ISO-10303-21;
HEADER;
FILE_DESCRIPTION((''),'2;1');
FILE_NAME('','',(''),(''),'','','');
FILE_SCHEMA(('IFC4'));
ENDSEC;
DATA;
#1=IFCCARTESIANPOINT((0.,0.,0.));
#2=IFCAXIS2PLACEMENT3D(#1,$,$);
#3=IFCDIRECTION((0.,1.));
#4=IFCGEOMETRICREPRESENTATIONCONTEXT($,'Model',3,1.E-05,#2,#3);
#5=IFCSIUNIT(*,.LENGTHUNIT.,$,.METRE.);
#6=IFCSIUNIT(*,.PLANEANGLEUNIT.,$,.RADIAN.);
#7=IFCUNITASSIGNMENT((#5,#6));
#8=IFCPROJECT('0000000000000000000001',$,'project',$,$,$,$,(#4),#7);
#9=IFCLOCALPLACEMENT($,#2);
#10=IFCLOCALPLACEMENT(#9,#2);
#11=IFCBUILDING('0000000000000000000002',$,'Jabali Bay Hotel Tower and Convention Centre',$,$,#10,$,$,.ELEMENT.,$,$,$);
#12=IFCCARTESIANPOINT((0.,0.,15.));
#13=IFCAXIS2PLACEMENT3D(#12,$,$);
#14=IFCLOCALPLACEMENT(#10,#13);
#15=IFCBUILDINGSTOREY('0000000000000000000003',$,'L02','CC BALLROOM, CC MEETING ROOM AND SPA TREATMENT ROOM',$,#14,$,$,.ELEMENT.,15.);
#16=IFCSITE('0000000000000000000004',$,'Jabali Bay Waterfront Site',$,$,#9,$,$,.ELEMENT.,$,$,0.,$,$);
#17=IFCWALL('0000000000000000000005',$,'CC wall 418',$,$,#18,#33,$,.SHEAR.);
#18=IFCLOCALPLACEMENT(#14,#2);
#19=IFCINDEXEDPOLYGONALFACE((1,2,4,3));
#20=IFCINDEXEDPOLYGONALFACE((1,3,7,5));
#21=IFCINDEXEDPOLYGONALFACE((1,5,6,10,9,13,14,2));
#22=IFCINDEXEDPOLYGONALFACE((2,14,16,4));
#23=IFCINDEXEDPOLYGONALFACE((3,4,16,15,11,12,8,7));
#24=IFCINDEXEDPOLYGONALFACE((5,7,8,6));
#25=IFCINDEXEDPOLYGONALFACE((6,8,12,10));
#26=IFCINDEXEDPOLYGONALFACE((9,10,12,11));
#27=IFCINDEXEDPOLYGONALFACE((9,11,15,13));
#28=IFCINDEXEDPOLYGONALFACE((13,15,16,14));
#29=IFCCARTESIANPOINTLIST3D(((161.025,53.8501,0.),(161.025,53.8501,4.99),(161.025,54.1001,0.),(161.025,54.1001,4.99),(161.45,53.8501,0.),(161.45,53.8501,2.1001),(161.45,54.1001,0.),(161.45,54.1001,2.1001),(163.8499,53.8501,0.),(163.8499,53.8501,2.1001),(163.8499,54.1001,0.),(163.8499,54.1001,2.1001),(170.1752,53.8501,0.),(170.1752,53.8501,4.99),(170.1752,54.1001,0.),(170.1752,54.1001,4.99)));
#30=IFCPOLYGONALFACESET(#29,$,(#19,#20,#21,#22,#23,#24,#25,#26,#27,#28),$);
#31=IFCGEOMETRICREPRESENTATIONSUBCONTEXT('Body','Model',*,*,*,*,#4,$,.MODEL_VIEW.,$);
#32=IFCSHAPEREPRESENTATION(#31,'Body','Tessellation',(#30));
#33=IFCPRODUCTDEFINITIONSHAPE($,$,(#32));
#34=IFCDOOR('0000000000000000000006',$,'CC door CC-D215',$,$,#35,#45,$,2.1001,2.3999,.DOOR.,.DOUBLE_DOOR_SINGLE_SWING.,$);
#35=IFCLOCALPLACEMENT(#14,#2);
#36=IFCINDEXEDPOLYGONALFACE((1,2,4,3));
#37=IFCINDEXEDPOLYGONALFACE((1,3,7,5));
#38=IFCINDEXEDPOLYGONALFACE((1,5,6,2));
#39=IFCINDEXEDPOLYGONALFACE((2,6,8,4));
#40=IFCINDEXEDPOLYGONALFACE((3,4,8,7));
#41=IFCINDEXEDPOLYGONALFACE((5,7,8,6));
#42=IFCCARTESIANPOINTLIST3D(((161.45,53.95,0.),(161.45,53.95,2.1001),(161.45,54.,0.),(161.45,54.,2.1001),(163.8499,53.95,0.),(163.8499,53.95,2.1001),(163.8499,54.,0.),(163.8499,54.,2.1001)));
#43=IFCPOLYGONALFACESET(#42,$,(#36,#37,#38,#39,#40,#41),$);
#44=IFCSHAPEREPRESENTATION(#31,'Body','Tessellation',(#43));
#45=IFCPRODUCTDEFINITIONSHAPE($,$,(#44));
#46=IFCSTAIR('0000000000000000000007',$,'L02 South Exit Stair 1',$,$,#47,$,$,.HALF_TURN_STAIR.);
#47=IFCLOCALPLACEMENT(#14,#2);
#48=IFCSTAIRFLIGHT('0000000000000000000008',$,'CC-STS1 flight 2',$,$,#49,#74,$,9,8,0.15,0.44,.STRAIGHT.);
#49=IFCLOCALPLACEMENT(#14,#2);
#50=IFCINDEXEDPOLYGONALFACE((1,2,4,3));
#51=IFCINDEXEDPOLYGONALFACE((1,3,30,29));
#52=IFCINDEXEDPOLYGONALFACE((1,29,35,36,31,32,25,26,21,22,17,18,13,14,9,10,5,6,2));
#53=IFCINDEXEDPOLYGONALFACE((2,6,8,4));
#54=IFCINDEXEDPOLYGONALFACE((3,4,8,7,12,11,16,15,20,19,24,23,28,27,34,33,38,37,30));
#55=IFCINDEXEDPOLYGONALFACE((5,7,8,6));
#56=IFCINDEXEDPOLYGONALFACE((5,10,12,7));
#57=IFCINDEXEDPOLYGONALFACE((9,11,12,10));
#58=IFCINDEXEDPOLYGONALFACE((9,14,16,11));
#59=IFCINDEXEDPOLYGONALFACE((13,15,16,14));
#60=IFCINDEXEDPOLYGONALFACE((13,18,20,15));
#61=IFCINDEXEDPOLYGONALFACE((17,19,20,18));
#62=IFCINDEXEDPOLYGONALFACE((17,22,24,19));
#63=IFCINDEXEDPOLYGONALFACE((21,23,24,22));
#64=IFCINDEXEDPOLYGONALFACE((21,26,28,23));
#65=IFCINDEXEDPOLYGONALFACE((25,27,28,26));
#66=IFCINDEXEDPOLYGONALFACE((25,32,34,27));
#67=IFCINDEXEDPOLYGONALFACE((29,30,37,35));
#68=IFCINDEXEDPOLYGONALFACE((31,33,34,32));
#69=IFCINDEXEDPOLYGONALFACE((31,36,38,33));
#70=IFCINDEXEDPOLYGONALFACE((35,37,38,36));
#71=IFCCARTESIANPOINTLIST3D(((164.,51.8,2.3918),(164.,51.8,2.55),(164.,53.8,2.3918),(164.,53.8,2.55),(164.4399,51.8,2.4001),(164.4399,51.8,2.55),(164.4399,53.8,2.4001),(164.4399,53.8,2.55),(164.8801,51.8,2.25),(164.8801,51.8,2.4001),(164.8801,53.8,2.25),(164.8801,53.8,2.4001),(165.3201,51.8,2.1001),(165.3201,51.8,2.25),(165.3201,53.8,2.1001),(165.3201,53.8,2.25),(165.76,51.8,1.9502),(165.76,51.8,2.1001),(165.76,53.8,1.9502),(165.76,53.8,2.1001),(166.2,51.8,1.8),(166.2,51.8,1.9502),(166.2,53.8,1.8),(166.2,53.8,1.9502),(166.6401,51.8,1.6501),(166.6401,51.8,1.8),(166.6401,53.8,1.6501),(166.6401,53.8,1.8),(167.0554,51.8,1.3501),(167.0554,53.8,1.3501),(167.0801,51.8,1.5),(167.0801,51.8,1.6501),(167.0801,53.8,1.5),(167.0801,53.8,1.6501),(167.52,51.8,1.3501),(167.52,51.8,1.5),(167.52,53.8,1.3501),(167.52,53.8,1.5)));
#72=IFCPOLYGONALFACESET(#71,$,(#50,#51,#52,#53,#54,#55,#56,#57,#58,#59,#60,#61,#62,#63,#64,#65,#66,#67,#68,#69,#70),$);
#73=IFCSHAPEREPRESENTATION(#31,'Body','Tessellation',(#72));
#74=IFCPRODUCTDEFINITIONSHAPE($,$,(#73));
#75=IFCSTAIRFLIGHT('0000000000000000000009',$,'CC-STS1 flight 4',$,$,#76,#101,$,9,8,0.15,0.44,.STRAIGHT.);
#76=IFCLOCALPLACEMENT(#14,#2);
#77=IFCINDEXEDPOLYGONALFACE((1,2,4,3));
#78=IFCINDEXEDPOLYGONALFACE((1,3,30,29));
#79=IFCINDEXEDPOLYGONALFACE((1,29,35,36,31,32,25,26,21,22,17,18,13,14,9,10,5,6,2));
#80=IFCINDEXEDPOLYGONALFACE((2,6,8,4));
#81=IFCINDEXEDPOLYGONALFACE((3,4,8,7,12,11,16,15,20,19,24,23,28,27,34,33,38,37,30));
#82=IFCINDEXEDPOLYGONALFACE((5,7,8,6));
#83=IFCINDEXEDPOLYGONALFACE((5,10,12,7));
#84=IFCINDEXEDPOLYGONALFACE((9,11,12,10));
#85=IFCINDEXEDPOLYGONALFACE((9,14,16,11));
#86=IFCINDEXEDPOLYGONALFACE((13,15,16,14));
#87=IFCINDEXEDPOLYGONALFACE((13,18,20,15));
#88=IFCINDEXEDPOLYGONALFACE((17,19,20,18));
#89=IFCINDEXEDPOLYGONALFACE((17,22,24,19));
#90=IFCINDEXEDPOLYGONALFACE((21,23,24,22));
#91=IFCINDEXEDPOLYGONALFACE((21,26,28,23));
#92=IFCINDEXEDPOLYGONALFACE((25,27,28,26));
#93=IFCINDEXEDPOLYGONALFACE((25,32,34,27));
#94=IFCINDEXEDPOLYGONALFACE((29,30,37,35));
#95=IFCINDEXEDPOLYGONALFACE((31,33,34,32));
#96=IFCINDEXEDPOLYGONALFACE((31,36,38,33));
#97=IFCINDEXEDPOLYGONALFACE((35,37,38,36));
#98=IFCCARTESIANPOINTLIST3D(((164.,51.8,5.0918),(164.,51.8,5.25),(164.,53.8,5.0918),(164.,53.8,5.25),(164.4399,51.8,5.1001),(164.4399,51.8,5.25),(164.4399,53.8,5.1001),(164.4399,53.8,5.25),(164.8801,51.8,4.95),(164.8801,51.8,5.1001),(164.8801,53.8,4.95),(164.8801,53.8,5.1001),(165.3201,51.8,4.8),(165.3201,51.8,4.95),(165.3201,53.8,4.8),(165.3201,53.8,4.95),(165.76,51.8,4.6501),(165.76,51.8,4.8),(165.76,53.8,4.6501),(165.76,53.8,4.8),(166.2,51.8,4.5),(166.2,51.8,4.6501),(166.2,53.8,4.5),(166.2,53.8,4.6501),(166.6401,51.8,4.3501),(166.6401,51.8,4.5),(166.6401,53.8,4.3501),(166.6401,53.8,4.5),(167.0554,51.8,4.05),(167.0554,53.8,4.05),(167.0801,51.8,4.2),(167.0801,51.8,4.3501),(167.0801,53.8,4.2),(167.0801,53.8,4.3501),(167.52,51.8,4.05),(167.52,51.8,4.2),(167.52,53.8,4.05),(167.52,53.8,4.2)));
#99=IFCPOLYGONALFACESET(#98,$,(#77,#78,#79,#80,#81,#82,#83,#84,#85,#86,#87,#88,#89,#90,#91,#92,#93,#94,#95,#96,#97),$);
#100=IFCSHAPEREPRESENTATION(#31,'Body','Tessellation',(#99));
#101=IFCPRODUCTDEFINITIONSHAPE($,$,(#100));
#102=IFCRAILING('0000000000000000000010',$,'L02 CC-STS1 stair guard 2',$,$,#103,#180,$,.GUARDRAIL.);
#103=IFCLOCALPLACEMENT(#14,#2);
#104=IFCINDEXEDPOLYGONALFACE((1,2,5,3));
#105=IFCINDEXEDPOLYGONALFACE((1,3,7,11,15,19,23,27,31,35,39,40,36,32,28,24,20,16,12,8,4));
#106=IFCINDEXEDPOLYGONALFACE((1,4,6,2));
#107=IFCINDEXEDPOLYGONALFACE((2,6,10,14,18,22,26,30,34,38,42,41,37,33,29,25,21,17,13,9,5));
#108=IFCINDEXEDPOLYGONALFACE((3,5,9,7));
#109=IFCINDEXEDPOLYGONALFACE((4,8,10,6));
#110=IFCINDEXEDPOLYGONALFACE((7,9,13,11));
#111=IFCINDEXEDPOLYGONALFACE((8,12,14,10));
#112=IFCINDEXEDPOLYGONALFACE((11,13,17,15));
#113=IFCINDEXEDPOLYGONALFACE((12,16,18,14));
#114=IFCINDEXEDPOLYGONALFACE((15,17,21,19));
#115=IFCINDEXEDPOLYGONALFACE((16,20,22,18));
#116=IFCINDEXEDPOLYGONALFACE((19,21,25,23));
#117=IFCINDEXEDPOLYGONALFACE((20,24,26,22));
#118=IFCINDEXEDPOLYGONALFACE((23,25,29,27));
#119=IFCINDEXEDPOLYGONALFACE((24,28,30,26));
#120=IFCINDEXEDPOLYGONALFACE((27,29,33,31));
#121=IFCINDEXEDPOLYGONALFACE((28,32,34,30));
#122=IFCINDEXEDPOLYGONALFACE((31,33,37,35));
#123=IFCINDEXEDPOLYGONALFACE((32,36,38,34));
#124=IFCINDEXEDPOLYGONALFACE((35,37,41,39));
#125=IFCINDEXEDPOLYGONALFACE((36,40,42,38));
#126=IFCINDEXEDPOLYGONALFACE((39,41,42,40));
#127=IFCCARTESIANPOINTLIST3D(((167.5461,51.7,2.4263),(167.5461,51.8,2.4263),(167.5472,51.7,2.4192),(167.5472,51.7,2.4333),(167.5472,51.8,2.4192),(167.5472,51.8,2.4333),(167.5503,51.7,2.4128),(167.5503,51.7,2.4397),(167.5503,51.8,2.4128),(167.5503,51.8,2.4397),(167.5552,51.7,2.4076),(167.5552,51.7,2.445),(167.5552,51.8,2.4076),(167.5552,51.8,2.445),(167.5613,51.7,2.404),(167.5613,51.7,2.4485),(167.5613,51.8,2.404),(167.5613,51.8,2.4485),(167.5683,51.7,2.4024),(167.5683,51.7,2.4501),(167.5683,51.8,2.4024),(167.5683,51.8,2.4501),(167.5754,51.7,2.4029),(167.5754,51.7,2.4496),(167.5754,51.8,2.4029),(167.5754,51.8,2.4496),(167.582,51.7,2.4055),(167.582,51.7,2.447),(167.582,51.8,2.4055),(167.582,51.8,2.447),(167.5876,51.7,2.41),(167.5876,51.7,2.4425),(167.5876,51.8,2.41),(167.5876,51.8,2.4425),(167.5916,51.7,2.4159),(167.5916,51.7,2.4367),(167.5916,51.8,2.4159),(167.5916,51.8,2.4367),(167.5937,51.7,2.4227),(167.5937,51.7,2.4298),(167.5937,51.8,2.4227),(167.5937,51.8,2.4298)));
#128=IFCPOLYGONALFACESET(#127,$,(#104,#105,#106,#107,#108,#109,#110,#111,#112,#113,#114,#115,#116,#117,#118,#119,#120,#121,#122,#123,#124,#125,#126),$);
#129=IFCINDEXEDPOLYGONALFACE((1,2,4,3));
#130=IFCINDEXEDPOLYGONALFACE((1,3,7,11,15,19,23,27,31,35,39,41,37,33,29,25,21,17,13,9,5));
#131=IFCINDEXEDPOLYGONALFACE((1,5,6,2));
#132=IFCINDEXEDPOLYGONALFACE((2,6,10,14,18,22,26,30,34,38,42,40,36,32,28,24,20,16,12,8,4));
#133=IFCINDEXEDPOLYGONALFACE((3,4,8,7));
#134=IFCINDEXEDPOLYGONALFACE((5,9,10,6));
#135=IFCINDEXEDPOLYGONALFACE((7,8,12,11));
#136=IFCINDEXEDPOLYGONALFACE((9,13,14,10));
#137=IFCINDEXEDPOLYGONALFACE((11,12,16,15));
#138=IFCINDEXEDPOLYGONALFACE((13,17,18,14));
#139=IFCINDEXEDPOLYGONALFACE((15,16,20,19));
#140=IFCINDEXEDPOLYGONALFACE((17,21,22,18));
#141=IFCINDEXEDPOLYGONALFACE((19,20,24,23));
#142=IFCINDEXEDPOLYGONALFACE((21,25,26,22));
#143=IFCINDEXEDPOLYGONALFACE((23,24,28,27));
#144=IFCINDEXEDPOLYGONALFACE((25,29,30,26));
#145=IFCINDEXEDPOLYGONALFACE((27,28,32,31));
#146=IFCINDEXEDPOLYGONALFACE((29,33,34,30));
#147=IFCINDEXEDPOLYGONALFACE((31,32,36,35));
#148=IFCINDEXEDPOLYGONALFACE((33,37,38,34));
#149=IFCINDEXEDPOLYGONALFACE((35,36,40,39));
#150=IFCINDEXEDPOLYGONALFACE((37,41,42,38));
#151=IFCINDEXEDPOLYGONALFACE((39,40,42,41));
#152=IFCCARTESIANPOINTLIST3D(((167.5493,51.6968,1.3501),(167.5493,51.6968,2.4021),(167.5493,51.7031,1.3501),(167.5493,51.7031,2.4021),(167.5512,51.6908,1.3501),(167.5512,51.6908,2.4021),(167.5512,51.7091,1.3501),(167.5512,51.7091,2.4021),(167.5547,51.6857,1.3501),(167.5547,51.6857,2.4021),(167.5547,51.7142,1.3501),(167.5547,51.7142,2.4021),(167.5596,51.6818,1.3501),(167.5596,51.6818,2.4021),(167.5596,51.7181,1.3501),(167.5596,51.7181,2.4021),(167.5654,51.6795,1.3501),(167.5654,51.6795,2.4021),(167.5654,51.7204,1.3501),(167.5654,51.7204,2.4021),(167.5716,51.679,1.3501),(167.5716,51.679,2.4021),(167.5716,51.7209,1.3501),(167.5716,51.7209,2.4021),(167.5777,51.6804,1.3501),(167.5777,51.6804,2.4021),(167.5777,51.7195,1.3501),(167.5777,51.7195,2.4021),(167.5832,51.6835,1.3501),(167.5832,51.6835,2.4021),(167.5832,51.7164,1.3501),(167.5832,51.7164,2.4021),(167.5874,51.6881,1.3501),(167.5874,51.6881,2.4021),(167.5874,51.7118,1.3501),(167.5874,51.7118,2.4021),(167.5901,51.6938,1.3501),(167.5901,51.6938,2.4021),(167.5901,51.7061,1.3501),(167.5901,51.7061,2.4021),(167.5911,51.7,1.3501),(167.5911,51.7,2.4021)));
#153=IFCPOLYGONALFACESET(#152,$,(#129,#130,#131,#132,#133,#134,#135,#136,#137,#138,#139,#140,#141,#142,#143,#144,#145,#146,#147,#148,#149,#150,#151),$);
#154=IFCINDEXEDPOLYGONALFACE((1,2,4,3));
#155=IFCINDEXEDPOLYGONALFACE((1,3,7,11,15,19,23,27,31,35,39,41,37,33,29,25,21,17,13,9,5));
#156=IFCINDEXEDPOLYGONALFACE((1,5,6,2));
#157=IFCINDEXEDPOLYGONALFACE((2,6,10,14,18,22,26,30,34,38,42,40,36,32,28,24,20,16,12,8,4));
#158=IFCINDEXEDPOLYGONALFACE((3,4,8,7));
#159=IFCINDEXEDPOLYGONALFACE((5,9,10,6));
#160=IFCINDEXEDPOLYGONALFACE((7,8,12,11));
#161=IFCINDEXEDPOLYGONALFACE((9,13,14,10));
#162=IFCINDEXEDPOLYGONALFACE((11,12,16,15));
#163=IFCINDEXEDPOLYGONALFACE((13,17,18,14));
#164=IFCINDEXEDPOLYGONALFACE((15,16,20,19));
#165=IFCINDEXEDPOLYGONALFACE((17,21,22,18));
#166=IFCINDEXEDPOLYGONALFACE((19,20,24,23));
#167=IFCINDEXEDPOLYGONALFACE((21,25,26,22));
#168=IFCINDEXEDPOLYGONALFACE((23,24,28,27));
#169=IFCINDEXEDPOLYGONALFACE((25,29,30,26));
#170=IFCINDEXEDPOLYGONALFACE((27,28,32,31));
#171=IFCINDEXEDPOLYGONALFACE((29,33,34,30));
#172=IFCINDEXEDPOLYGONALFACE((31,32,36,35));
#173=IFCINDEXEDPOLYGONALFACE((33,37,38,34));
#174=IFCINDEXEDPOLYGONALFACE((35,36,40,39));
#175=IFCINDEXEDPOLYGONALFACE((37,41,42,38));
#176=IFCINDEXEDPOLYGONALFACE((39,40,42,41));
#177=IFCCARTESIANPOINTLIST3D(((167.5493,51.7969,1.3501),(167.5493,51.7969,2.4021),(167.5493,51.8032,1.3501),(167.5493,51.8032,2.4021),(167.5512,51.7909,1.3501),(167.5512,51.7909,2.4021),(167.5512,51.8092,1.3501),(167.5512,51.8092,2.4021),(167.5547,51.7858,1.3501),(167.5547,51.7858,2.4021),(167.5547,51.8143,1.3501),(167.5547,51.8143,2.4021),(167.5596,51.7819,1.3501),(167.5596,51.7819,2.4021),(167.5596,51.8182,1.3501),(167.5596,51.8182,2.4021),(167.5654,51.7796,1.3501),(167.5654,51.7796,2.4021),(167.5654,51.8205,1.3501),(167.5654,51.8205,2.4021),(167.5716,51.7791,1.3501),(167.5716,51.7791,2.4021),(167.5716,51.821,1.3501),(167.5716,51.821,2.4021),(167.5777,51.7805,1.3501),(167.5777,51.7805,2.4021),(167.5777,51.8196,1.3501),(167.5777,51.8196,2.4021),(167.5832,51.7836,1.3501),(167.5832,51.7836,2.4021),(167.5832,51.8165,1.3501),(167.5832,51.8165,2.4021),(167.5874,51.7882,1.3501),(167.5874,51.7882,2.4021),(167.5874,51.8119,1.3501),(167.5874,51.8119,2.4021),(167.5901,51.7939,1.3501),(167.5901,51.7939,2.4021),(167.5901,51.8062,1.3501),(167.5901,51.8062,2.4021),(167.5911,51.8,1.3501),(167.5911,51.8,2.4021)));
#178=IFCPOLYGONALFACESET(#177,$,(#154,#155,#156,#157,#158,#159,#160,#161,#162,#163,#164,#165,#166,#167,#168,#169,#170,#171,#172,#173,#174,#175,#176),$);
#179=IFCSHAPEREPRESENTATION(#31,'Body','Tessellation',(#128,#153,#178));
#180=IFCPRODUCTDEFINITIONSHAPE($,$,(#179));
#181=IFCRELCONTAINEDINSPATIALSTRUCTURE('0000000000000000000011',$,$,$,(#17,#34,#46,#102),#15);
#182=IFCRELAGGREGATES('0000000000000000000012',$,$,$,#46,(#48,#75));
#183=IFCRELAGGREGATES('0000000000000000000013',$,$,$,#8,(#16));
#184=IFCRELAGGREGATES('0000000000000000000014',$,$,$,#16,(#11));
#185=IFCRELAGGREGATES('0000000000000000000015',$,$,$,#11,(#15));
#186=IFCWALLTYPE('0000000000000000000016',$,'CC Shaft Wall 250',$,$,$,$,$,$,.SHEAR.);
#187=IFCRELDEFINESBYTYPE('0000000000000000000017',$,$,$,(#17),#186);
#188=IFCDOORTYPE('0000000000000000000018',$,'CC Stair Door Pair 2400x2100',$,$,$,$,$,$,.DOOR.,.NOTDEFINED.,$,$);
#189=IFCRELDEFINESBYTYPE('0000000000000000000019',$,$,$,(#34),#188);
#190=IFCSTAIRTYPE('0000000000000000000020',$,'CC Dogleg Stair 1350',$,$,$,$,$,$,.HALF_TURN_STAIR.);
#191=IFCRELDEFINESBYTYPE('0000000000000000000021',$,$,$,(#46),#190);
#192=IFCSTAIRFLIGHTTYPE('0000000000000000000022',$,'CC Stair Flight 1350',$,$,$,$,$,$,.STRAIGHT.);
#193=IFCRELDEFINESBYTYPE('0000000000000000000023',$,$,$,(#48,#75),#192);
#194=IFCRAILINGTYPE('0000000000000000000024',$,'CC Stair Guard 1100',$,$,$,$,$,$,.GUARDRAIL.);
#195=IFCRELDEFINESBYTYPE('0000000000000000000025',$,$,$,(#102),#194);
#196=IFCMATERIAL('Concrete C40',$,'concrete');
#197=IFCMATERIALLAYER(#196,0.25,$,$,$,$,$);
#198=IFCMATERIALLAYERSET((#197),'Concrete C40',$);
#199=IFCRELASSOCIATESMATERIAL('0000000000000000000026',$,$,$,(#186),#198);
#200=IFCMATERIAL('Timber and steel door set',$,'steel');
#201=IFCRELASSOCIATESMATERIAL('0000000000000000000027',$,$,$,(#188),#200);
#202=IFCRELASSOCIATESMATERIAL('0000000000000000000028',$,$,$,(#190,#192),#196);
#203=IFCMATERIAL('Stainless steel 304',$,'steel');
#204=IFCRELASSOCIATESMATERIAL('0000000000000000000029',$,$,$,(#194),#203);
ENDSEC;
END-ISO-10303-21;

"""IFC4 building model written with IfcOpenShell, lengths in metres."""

from ifc_helpers import new_model, si_unit, direction, frame, frame_2d, origin, origin_2d, place, context, subcontext, project, spatial, polyline, rectangle, circle, outline, extrude, material, layer, layer_set, type_object, element, fill, aggregate, save


model = new_model("IFC4")

# Units and contexts
model_context = context("Model", 3, precision=1e-05, world=origin(), true_north=direction((0.0, 1.0)))
body_context = subcontext(model_context, "Body", "Model", "MODEL_VIEW")
ifc_project = project(units=[si_unit("LENGTHUNIT", "METRE"), si_unit("PLANEANGLEUNIT", "RADIAN")], contexts=[model_context])

# Site, building, storey
site_placement = place(None, origin())
site = spatial("IfcSite", under=ifc_project, at=site_placement, Name="Jabali Bay Waterfront Site", CompositionType="ELEMENT", RefElevation=0.0)
building_placement = place(site_placement, origin())
building = spatial("IfcBuilding", under=site, at=building_placement, Name="Jabali Bay Hotel Tower and Convention Centre", CompositionType="ELEMENT")
storey_placement = place(building_placement, frame((0.0, 0.0, 15.0)))
storey = spatial("IfcBuildingStorey", under=building, at=storey_placement, Name="L02", Description="CC BALLROOM, CC MEETING ROOM AND SPA TREATMENT ROOM", CompositionType="ELEMENT", Elevation=15.0)

# Shared definitions
ifc_material_1 = material(Name="Timber and steel door set", Category="steel")

# Wall, opening, door
ifc_material_2 = material(Name="Concrete C40", Category="concrete")
ifc_layer_1 = layer(ifc_material_2, 0.25)
ifc_layer_set_1 = layer_set([ifc_layer_1], Name="Concrete C40")
wall_type_1 = type_object("IfcWallType", Name="CC Shaft Wall 250", PredefinedType="SHEAR", material=ifc_layer_set_1)
wall_1_placement = place(storey_placement, frame((161.0249, 53.9751, 0.0), z_axis=(0.0, 0.0, 1.0), x_axis=(1.0, 0.0, 0.0)))
wall_1 = element("IfcWall", 1, at=wall_1_placement, inside=storey, type_object=wall_type_1, Name="CC wall 418", PredefinedType="SHEAR", context=body_context, shape_type="SweptSolid", body=[
    extrude(rectangle(XDim=9.1501, YDim=0.25, at=frame_2d((4.5752, 0.0))), origin(), (0.0, 0.0, 1.0), 4.99),
])
opening_1_placement = place(wall_1_placement, frame((0.425, 0.0, 0.0)))
opening_1 = element("IfcOpeningElement", 2, at=opening_1_placement, cuts=wall_1, PredefinedType="OPENING", context=body_context, shape_type="SweptSolid", body=[
    extrude(rectangle(XDim=2.3999, YDim=2.1001, at=frame_2d((1.2, 1.05))), frame((0.0, 0.1355, 0.0), z_axis=(0.0, -1.0, 0.0), x_axis=(1.0, 0.0, 0.0)), (0.0, 0.0, 1.0), 0.271),
])
door_type_1 = type_object("IfcDoorType", Name="CC Stair Door Pair 2400x2100", OperationType="NOTDEFINED", PredefinedType="DOOR", material=ifc_material_1)
door_1_placement = place(opening_1_placement, origin())
door_1 = element("IfcDoor", 3, at=door_1_placement, inside=storey, type_object=door_type_1, Name="CC door CC-D215", OperationType="DOUBLE_DOOR_SINGLE_SWING", OverallHeight=2.1001, OverallWidth=2.3999, PredefinedType="DOOR", context=body_context, shape_type="SweptSolid", body=[
    extrude(rectangle(XDim=2.3999, YDim=2.1001, at=frame_2d((1.2, 1.05))), frame((0.0, 0.0249, 0.0), z_axis=(0.0, -1.0, 0.0), x_axis=(1.0, 0.0, 0.0)), (0.0, 0.0, 1.0), 0.05),
])
fill(opening_1, door_1)

# Stair, stair flights
stair_type = type_object("IfcStairType", Name="CC Dogleg Stair 1350", PredefinedType="HALF_TURN_STAIR", material=ifc_material_2)
stair_placement = place(storey_placement, origin())
stair = element("IfcStair", 4, at=stair_placement, inside=storey, type_object=stair_type, Name="L02 South Exit Stair 1", PredefinedType="HALF_TURN_STAIR")
stair_flight_type = type_object("IfcStairFlightType", Name="CC Stair Flight 1350", PredefinedType="STRAIGHT", material=ifc_material_2)
stair_flight_1_placement = place(storey_placement, frame((167.52, 52.8, 1.3501), z_axis=(0.0, 0.0, 1.0), x_axis=(-1.0, 0.0, 0.0)))
stair_flight_1 = element("IfcStairFlight", 5, at=stair_flight_1_placement, type_object=stair_flight_type, Name="CC-STS1 flight 2", NumberOfRisers=9, NumberOfTreads=8, PredefinedType="STRAIGHT", RiserHeight=0.15, TreadLength=0.44, context=body_context, shape_type="SweptSolid", body=[
    extrude(outline(polyline([(0.0, 0.0), (0.0, 0.1499), (0.4399, 0.1499), (0.4399, 0.3), (0.8799, 0.3), (0.8799, 0.45), (1.3201, 0.45), (1.3201, 0.6001), (1.76, 0.6001), (1.76, 0.75), (2.2, 0.75), (2.2, 0.8999), (2.6399, 0.8999), (2.6399, 1.05), (3.0801, 1.05), (3.0801, 1.2), (3.52, 1.2), (3.52, 1.3501), (3.52, 1.0417), (0.4646, 0.0), (0.0, 0.0)])), frame((0.0, 1.0, 0.0), z_axis=(0.0, -1.0, 0.0), x_axis=(1.0, 0.0, 0.0)), (0.0, 0.0, 1.0), 2.0),
])
stair_flight_2_placement = place(storey_placement, frame((167.52, 52.8, 4.05), z_axis=(0.0, 0.0, 1.0), x_axis=(-1.0, 0.0, 0.0)))
stair_flight_2 = element("IfcStairFlight", 6, at=stair_flight_2_placement, type_object=stair_flight_type, Name="CC-STS1 flight 4", NumberOfRisers=9, NumberOfTreads=8, PredefinedType="STRAIGHT", RiserHeight=0.15, TreadLength=0.44, context=body_context, shape_type="SweptSolid", body=[
    extrude(outline(polyline([(0.0, 0.0), (0.0, 0.1499), (0.4399, 0.1499), (0.4399, 0.3), (0.8799, 0.3), (0.8799, 0.45), (1.3201, 0.45), (1.3201, 0.6001), (1.76, 0.6001), (1.76, 0.75), (2.2, 0.75), (2.2, 0.8999), (2.6399, 0.8999), (2.6399, 1.05), (3.0801, 1.05), (3.0801, 1.2), (3.52, 1.2), (3.52, 1.3501), (3.52, 1.0417), (0.4646, 0.0), (0.0, 0.0)])), frame((0.0, 1.0, 0.0), z_axis=(0.0, -1.0, 0.0), x_axis=(1.0, 0.0, 0.0)), (0.0, 0.0, 1.0), 2.0),
])
aggregate(stair, [stair_flight_1, stair_flight_2])

# Railing
ifc_material_3 = material(Name="Stainless steel 304", Category="steel")
railing_type_1 = type_object("IfcRailingType", Name="CC Stair Guard 1100", PredefinedType="GUARDRAIL", material=ifc_material_3)
railing_1_placement = place(storey_placement, frame((167.5701, 51.7, 1.3501)))
element("IfcRailing", 7, at=railing_1_placement, inside=storey, type_object=railing_type_1, Name="L02 CC-STS1 stair guard 2", PredefinedType="GUARDRAIL", context=body_context, shape_type="SweptSolid", body=[
    extrude(circle(Radius=0.0239, at=origin_2d()), frame((0.0, 0.0, 1.0762), z_axis=(0.0, 1.0, 0.0), x_axis=(-1.0, 0.0, 0.0)), (0.0, 0.0, 1.0), 0.1001),
    extrude(circle(Radius=0.021, at=origin_2d()), origin(), (0.0, 0.0, 1.0), 1.052),
    extrude(circle(Radius=0.021, at=origin_2d()), frame((0.0, 0.1001, 0.0)), (0.0, 0.0, 1.0), 1.052),
])

save(model, "model.ifc")
